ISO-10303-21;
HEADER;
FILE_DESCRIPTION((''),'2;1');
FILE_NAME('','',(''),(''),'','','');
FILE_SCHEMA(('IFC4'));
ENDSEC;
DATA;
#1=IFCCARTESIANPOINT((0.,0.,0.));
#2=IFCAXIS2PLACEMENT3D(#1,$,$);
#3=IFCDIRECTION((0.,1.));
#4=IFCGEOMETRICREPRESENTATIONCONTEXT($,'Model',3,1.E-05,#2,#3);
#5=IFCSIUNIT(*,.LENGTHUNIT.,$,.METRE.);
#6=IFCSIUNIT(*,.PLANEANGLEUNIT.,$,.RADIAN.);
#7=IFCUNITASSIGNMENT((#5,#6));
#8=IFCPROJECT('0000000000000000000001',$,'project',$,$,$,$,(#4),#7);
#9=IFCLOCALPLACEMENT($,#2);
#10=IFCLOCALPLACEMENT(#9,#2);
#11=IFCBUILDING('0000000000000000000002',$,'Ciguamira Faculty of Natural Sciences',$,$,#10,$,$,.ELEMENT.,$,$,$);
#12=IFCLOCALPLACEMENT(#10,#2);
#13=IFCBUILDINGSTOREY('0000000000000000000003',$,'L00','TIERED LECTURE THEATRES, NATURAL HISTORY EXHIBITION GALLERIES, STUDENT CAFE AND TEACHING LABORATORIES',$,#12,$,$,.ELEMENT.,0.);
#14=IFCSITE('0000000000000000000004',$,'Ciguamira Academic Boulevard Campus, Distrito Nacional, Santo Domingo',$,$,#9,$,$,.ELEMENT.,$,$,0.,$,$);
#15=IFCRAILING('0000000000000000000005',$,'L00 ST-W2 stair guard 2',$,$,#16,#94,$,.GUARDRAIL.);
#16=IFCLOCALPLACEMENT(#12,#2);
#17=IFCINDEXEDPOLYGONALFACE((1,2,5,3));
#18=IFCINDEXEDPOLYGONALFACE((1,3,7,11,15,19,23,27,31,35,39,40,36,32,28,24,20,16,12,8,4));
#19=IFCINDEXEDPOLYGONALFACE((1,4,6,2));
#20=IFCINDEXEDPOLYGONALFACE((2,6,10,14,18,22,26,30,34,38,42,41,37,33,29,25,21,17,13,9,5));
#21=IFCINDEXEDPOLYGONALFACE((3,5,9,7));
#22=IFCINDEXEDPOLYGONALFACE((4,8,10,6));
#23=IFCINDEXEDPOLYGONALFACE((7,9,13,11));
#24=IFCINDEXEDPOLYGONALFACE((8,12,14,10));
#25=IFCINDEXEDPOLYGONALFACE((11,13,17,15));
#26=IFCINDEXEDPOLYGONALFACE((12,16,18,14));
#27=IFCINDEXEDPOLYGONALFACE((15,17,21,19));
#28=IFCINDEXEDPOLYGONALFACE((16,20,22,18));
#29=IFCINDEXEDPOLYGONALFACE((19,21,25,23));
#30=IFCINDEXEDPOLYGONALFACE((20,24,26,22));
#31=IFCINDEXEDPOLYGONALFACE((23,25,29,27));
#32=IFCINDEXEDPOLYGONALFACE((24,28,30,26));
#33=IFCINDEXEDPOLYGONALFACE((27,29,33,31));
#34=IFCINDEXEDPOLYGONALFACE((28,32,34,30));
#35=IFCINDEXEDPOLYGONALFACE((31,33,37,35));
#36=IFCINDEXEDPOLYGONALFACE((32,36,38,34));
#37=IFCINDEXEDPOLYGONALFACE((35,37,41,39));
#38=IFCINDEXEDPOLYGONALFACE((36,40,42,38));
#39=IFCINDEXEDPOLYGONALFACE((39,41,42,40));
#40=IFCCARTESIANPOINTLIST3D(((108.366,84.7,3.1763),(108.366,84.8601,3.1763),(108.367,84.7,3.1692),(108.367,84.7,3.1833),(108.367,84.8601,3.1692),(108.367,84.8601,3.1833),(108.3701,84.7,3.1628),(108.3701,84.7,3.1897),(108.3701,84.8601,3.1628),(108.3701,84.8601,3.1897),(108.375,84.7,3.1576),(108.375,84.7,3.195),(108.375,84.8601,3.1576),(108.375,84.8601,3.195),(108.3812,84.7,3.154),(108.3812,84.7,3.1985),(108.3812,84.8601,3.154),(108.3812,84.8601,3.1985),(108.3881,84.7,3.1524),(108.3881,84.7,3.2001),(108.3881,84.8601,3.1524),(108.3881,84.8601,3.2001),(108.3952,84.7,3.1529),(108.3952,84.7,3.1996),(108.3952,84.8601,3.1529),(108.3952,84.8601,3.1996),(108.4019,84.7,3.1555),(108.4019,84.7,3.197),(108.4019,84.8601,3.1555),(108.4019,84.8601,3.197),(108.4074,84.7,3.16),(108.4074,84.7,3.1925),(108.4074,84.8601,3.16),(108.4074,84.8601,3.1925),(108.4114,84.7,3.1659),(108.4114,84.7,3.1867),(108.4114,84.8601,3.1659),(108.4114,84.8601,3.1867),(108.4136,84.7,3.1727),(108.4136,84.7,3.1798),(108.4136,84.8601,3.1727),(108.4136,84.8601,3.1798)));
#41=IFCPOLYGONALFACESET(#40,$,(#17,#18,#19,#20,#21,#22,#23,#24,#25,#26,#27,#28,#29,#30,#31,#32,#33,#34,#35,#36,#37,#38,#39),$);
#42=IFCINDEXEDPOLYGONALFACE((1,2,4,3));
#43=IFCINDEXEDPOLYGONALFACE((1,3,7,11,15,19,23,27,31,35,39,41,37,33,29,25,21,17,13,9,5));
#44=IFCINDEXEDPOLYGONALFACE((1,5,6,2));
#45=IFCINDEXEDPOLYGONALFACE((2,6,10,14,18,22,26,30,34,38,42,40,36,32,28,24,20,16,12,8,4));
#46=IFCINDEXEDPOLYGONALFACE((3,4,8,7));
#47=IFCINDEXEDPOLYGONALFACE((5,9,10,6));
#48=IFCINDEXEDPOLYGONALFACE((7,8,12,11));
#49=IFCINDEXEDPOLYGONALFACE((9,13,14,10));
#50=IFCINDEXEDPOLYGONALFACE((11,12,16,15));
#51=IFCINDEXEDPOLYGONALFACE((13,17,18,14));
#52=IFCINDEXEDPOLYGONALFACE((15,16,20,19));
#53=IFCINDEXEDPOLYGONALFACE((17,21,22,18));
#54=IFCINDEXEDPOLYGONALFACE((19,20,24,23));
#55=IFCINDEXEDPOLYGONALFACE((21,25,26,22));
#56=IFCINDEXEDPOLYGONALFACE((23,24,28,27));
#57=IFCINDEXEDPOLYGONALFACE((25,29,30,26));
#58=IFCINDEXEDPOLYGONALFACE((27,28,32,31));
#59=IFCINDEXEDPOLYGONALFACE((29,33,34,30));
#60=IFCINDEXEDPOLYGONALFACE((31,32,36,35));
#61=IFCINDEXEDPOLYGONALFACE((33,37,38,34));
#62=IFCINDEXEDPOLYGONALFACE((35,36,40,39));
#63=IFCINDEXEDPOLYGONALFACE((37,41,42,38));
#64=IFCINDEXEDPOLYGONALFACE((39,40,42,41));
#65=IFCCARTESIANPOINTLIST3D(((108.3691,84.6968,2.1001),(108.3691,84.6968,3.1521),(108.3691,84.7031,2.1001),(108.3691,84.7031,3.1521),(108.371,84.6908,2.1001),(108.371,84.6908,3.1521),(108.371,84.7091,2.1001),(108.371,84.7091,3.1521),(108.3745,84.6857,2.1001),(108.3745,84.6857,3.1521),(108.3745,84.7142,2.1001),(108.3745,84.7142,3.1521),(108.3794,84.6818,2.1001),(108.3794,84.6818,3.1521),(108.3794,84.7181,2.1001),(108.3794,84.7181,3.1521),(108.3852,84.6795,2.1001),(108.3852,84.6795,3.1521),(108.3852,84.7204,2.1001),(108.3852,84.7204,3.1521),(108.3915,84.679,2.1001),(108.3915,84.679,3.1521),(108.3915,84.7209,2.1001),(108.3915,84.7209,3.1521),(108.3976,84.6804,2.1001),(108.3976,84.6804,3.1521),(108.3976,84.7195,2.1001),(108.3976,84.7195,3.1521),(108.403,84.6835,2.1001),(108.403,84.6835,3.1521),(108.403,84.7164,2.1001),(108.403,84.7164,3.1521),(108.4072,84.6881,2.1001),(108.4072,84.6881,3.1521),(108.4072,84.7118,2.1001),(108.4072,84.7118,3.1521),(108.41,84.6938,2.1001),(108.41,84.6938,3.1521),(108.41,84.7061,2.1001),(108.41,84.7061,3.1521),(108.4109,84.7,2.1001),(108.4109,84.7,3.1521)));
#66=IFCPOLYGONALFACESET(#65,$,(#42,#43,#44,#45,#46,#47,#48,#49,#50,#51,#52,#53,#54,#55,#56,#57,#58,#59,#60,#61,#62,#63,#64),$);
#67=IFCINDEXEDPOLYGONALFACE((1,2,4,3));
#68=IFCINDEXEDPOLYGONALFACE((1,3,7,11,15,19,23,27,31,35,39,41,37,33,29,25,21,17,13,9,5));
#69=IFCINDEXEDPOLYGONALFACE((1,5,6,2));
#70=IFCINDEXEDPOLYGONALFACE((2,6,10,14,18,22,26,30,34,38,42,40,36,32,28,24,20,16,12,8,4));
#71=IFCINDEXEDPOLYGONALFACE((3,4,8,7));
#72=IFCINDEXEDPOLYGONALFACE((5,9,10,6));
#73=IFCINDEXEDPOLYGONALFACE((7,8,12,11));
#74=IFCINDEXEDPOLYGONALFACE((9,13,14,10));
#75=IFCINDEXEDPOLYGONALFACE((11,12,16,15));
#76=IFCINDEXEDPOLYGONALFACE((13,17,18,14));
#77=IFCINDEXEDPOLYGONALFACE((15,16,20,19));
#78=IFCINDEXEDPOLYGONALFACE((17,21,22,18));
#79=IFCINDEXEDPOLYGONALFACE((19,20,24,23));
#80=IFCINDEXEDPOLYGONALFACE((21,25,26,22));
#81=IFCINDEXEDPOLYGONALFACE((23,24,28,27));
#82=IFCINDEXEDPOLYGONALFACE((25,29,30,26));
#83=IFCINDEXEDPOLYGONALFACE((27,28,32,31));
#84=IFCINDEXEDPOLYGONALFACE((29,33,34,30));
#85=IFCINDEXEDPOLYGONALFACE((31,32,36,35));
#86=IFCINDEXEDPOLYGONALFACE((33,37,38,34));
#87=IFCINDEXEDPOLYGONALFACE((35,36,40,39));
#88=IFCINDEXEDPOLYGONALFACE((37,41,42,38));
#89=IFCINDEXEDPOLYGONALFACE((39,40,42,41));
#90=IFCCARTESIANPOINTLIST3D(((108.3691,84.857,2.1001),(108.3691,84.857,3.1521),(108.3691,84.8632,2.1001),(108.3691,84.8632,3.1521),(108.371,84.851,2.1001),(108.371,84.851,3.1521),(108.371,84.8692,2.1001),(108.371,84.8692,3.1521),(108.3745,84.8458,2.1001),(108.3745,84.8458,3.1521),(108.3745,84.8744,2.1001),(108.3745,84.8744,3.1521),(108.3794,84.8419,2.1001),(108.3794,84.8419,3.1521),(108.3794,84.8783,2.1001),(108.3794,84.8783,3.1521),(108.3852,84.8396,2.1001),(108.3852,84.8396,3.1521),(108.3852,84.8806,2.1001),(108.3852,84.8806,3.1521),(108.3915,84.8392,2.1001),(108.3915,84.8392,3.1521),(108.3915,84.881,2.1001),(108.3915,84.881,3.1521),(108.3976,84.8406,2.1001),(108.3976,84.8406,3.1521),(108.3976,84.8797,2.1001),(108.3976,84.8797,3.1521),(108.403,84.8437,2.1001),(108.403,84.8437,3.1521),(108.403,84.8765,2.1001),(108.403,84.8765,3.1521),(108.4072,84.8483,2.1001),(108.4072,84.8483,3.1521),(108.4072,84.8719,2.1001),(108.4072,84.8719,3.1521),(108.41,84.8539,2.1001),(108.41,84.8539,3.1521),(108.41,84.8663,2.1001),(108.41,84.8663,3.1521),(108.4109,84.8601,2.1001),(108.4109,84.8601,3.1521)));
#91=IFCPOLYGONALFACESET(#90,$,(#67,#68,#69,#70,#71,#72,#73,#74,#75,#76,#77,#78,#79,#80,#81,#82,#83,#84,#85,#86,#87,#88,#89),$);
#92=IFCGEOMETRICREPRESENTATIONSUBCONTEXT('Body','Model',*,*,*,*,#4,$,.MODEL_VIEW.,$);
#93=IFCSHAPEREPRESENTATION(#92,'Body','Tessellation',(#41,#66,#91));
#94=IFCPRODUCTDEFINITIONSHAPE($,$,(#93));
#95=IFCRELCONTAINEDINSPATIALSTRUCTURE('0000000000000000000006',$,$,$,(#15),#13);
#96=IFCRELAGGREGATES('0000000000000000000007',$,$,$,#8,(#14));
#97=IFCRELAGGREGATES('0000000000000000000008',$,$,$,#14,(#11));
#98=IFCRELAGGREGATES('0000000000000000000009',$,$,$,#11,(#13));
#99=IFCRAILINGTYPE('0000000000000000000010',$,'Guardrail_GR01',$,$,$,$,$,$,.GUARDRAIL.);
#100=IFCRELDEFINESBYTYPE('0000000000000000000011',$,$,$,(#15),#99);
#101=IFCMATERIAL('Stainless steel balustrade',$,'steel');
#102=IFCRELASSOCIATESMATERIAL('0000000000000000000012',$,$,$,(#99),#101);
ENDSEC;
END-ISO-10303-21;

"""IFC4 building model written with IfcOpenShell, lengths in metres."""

from ifc_helpers import new_model, si_unit, direction, frame, origin, origin_2d, place, context, subcontext, project, spatial, circle, extrude, material, type_object, element, save


model = new_model("IFC4")

# Units and contexts
model_context = context("Model", 3, precision=1e-05, world=origin(), true_north=direction((0.0, 1.0)))
body_context = subcontext(model_context, "Body", "Model", "MODEL_VIEW")
ifc_project = project(units=[si_unit("LENGTHUNIT", "METRE"), si_unit("PLANEANGLEUNIT", "RADIAN")], contexts=[model_context])

# Site, building, storey
site_placement = place(None, origin())
site = spatial("IfcSite", under=ifc_project, at=site_placement, Name="Ciguamira Academic Boulevard Campus, Distrito Nacional, Santo Domingo", CompositionType="ELEMENT", RefElevation=0.0)
building_placement = place(site_placement, origin())
building = spatial("IfcBuilding", under=site, at=building_placement, Name="Ciguamira Faculty of Natural Sciences", CompositionType="ELEMENT")
storey_placement = place(building_placement, origin())
storey = spatial("IfcBuildingStorey", under=building, at=storey_placement, Name="L00", Description="TIERED LECTURE THEATRES, NATURAL HISTORY EXHIBITION GALLERIES, STUDENT CAFE AND TEACHING LABORATORIES", CompositionType="ELEMENT", Elevation=0.0)

# Railing
ifc_material_1 = material(Name="Stainless steel balustrade", Category="steel")
railing_type_1 = type_object("IfcRailingType", Name="Guardrail_GR01", PredefinedType="GUARDRAIL", material=ifc_material_1)
railing_1_placement = place(storey_placement, frame((108.3899, 84.7, 2.1001)))
element("IfcRailing", 1, at=railing_1_placement, inside=storey, type_object=railing_type_1, Name="L00 ST-W2 stair guard 2", PredefinedType="GUARDRAIL", context=body_context, shape_type="SweptSolid", body=[
    extrude(circle(Radius=0.0239, at=origin_2d()), frame((0.0, 0.0, 1.0762), z_axis=(0.0, 1.0, 0.0), x_axis=(-1.0, 0.0, 0.0)), (0.0, 0.0, 1.0), 0.1602),
    extrude(circle(Radius=0.021, at=origin_2d()), origin(), (0.0, 0.0, 1.0), 1.052),
    extrude(circle(Radius=0.021, at=origin_2d()), frame((0.0, 0.1602, 0.0)), (0.0, 0.0, 1.0), 1.052),
])

save(model, "model.ifc")
